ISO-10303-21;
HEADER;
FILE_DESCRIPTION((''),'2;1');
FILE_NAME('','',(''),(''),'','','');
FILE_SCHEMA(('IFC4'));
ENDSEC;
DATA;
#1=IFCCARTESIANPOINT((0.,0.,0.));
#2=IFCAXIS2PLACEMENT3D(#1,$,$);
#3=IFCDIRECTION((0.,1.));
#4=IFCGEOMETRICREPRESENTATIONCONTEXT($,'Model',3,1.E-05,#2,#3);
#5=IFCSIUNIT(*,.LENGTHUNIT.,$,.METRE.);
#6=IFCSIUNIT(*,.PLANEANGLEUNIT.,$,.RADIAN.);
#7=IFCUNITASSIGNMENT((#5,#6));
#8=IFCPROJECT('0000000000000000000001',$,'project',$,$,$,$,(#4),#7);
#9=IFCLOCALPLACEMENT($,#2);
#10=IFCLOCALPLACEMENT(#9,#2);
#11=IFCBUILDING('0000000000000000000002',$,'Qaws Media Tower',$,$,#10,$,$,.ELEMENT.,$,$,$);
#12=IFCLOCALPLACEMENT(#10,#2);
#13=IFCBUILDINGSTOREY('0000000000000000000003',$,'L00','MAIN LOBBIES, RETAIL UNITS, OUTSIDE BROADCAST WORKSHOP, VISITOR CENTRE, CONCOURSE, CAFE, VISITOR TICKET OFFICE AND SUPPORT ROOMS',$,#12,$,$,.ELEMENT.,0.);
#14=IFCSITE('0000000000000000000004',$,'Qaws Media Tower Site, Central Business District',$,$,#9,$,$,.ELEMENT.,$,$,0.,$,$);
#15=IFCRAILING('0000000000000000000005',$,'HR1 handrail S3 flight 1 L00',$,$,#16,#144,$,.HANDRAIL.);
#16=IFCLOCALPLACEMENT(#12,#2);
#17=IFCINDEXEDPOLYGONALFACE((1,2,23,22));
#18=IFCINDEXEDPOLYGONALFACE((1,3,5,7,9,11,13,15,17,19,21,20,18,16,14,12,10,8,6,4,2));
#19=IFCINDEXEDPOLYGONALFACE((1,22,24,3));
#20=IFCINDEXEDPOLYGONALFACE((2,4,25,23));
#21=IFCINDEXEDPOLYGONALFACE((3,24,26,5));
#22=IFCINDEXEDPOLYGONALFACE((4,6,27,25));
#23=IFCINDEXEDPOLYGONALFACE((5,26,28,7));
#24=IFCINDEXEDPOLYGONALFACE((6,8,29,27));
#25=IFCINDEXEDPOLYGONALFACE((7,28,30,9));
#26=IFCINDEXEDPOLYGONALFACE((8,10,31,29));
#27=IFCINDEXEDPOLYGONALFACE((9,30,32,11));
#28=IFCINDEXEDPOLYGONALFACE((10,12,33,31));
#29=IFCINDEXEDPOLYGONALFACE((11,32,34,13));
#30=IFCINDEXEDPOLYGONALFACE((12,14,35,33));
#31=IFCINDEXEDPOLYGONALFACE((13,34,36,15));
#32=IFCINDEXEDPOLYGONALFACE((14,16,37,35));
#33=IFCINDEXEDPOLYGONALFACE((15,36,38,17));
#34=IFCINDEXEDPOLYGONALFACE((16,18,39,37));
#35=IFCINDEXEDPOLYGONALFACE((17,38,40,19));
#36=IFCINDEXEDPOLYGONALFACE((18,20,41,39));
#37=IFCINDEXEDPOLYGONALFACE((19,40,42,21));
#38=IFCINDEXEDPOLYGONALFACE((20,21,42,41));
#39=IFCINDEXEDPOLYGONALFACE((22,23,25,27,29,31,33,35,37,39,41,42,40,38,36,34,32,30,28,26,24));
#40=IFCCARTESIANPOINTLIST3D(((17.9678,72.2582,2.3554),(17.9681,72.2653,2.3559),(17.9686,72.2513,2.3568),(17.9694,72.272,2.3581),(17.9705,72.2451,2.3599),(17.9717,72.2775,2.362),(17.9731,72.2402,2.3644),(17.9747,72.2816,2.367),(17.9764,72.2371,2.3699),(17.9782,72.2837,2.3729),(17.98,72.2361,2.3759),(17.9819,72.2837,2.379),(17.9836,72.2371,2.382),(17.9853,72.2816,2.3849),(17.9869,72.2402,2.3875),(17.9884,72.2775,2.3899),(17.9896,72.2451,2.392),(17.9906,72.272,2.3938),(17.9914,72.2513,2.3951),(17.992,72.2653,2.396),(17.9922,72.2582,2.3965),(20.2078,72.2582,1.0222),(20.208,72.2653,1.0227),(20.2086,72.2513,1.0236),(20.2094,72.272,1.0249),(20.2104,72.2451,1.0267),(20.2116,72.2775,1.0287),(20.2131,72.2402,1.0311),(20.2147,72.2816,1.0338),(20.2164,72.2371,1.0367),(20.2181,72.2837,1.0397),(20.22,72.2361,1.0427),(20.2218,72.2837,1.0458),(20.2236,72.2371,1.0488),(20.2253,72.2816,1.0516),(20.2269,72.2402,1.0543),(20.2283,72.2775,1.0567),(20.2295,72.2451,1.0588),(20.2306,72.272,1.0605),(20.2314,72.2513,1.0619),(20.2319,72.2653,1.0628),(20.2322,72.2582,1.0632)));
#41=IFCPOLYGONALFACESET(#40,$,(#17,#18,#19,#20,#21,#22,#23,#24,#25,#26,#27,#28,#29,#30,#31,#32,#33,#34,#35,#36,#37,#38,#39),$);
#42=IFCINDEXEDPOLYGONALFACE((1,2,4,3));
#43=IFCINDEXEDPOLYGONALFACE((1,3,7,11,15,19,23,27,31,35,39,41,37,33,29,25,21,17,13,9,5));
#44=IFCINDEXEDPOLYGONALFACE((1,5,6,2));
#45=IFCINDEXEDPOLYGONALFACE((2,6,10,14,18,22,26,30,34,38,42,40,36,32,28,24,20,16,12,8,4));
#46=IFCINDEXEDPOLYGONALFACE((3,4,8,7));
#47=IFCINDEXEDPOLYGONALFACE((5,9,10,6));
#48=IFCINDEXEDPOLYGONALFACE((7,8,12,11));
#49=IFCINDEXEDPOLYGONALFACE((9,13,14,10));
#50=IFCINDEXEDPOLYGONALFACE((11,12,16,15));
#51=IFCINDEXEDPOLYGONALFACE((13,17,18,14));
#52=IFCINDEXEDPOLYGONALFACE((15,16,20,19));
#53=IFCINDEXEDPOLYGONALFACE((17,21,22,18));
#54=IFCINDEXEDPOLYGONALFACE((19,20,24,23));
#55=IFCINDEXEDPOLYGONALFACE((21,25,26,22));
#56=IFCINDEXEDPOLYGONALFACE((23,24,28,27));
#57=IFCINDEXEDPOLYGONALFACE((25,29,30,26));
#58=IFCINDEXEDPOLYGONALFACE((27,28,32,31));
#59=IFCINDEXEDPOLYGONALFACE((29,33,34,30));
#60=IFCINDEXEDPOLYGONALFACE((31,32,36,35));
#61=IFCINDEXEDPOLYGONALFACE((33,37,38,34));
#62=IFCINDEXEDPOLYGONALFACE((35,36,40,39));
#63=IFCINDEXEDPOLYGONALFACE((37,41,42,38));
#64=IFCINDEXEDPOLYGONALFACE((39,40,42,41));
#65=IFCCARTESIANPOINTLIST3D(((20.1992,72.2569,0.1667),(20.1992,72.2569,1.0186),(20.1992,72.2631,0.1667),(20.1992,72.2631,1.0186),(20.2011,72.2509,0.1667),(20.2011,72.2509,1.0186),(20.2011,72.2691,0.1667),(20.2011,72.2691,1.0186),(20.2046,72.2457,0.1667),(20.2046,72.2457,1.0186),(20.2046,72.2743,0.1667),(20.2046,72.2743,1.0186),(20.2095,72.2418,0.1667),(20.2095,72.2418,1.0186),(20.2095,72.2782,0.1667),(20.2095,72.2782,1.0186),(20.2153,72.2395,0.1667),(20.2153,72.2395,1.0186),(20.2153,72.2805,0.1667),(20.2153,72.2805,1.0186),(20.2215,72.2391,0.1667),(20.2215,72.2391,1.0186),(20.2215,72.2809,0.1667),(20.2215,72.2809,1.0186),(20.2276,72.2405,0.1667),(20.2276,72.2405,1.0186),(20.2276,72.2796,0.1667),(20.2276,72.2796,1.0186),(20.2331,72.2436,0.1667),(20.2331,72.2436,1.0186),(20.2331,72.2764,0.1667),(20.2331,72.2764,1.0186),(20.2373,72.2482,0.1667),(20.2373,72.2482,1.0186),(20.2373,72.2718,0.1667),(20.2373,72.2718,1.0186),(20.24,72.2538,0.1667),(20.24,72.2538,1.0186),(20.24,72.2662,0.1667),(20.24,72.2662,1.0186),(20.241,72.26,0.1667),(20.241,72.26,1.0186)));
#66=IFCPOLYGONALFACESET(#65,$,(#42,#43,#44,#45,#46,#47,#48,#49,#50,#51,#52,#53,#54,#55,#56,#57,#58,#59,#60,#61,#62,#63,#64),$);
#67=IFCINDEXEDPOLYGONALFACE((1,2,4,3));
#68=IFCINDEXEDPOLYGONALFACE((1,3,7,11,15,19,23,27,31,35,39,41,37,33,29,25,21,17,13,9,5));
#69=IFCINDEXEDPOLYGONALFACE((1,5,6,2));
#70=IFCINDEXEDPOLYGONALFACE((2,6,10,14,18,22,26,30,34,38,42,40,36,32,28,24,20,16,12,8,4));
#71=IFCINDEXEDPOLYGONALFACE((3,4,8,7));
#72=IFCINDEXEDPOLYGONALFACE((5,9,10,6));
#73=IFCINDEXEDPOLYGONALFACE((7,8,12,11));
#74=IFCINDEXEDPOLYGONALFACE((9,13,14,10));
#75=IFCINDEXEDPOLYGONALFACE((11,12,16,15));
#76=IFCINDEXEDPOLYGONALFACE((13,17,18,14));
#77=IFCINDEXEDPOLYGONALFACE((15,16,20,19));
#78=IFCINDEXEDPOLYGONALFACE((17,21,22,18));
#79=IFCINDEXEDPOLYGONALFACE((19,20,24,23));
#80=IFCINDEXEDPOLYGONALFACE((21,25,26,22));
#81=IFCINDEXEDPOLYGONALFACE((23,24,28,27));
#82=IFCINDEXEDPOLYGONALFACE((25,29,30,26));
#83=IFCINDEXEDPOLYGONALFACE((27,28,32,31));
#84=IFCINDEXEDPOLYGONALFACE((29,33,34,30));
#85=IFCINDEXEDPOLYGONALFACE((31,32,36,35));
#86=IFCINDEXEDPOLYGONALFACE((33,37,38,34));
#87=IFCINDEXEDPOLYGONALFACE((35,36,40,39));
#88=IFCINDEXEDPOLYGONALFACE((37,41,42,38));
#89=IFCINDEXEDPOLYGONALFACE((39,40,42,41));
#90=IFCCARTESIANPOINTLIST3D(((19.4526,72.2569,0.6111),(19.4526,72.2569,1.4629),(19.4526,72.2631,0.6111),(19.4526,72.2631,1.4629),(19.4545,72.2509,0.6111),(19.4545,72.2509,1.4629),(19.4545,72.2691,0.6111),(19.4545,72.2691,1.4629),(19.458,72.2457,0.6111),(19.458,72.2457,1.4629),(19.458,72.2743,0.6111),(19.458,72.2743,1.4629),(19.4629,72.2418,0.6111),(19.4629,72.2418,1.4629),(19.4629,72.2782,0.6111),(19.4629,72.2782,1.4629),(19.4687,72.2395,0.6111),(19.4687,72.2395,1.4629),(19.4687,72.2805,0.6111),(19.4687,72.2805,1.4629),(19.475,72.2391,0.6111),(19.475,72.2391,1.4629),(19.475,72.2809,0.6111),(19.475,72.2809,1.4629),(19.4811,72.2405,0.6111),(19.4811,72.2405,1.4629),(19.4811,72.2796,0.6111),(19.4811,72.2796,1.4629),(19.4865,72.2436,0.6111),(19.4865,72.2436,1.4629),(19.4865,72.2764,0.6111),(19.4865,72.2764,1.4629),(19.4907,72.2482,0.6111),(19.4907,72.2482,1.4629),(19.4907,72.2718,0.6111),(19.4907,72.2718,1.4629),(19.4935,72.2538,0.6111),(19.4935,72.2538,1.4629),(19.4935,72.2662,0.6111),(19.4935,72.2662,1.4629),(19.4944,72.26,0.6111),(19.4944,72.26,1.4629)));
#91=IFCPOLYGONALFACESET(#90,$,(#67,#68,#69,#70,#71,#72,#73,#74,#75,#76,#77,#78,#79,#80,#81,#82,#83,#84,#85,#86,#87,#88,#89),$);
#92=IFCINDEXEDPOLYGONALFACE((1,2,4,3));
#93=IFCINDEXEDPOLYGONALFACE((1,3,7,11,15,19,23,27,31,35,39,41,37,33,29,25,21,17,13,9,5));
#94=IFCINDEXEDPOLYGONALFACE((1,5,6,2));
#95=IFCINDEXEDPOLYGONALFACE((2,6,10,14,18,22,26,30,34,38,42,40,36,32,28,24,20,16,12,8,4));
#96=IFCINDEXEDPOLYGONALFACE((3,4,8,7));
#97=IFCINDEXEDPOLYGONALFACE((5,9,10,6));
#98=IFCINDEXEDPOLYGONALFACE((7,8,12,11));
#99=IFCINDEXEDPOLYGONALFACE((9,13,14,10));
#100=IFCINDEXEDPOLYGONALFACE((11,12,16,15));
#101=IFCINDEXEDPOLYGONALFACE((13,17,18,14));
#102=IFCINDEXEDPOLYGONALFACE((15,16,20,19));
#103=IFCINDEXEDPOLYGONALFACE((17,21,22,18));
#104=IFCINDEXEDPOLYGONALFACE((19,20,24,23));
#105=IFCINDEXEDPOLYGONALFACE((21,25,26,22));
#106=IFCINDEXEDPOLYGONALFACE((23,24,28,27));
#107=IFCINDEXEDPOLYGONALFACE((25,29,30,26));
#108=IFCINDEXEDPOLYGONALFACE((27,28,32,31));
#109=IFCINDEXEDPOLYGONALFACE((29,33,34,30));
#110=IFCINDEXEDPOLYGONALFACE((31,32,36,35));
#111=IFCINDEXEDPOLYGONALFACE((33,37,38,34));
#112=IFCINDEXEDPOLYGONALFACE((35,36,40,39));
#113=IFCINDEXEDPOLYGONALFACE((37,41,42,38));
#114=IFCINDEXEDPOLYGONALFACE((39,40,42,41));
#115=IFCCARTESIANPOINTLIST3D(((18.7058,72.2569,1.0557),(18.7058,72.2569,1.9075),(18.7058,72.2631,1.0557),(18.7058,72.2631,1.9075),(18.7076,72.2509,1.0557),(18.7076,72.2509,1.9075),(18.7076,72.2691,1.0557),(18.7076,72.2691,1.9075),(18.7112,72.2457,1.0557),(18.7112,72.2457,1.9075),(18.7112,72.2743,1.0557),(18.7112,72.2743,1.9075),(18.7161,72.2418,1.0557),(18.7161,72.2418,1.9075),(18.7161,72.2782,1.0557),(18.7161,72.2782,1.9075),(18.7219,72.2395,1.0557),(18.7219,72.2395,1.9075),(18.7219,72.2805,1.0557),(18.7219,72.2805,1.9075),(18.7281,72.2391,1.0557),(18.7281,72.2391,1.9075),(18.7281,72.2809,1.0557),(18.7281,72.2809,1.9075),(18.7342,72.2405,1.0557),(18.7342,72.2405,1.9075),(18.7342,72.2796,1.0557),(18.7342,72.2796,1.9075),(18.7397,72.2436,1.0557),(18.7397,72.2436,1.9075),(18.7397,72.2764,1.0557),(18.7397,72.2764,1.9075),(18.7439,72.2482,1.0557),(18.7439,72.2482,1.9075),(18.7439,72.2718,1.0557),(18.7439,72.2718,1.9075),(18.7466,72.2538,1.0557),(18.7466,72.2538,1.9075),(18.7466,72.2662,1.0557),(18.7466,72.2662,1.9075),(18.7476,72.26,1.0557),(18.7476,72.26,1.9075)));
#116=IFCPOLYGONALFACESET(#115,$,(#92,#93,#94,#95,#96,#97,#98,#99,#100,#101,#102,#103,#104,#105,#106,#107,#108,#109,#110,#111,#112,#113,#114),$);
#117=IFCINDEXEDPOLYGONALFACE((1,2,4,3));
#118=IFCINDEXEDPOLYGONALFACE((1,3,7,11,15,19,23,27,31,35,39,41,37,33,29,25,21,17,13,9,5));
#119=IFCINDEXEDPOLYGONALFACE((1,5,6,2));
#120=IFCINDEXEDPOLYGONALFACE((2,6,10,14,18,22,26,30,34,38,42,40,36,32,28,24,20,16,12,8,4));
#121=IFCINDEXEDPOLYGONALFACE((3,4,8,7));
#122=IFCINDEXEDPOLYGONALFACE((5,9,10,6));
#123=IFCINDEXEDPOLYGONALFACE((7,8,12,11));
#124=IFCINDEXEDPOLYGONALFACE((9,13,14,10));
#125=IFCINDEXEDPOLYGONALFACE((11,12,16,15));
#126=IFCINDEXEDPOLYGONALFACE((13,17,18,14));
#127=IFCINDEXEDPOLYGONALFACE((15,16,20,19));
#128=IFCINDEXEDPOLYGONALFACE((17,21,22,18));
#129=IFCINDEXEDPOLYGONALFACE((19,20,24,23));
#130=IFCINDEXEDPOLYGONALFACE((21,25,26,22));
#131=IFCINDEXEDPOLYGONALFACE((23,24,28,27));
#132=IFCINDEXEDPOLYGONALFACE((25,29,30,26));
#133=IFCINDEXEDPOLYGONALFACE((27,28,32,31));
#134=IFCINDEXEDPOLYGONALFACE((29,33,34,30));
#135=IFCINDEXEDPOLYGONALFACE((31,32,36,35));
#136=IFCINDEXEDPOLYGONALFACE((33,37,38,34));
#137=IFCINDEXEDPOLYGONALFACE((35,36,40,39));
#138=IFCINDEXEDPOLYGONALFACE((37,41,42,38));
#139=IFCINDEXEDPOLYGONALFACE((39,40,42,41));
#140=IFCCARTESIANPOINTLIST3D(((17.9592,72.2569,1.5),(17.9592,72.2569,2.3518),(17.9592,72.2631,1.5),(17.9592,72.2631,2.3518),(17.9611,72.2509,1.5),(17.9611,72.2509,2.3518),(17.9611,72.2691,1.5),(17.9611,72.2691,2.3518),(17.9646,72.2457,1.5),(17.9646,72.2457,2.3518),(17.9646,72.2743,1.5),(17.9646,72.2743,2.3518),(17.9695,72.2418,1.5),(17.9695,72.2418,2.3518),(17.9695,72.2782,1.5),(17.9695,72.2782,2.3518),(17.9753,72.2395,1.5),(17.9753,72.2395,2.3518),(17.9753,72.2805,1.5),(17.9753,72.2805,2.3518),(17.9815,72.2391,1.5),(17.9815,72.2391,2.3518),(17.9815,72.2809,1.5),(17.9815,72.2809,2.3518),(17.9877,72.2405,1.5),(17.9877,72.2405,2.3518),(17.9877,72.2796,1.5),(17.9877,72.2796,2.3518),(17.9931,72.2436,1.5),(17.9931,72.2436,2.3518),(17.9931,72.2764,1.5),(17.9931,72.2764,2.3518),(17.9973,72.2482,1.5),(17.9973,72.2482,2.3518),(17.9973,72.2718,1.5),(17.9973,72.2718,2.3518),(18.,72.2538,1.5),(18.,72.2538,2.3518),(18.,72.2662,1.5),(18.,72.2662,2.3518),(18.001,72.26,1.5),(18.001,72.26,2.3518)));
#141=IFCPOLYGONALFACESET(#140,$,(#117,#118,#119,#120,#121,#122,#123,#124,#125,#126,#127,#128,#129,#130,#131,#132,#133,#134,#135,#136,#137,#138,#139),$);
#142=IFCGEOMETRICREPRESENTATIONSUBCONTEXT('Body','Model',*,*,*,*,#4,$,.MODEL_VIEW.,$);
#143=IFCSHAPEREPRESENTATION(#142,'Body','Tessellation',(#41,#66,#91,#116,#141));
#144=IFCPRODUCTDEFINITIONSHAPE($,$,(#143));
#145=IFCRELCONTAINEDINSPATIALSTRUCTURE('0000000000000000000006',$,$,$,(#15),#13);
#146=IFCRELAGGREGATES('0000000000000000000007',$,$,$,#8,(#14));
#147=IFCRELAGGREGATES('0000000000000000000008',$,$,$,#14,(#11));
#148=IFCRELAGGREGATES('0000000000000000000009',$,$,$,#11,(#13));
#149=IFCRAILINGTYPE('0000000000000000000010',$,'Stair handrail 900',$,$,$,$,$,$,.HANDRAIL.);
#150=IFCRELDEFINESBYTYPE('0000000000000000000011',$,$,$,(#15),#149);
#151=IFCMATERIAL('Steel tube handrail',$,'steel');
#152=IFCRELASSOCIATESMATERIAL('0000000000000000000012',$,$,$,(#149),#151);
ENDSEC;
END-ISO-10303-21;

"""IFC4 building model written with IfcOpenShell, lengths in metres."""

from ifc_helpers import new_model, si_unit, direction, frame, origin, origin_2d, place, context, subcontext, project, spatial, circle, extrude, material, type_object, element, save


model = new_model("IFC4")

# Units and contexts
model_context = context("Model", 3, precision=1e-05, world=origin(), true_north=direction((0.0, 1.0)))
body_context = subcontext(model_context, "Body", "Model", "MODEL_VIEW")
ifc_project = project(units=[si_unit("LENGTHUNIT", "METRE"), si_unit("PLANEANGLEUNIT", "RADIAN")], contexts=[model_context])

# Site, building, storey
site_placement = place(None, origin())
site = spatial("IfcSite", under=ifc_project, at=site_placement, Name="Qaws Media Tower Site, Central Business District", CompositionType="ELEMENT", RefElevation=0.0)
building_placement = place(site_placement, origin())
building = spatial("IfcBuilding", under=site, at=building_placement, Name="Qaws Media Tower", CompositionType="ELEMENT")
storey_placement = place(building_placement, origin())
storey = spatial("IfcBuildingStorey", under=building, at=storey_placement, Name="L00", Description="MAIN LOBBIES, RETAIL UNITS, OUTSIDE BROADCAST WORKSHOP, VISITOR CENTRE, CONCOURSE, CAFE, VISITOR TICKET OFFICE AND SUPPORT ROOMS", CompositionType="ELEMENT", Elevation=0.0)

# Railing
ifc_material_1 = material(Name="Steel tube handrail", Category="steel")
railing_type = type_object("IfcRailingType", Name="Stair handrail 900", PredefinedType="HANDRAIL", material=ifc_material_1)
for number, where, name in (
    (1, (20.22, 72.26, 0.1667), "HR1 handrail S3 flight 1 L00"),
):
    element("IfcRailing", number, at=place(storey_placement, frame(where)), inside=storey, type_object=railing_type, Name=name, PredefinedType="HANDRAIL", context=body_context, shape_type="SweptSolid", body=[
        extrude(circle(Radius=0.0239, at=origin_2d()), frame((0.0, 0.0, 0.876), z_axis=(-0.859306, 0.0, 0.511462), x_axis=(0.0, -1.0, 0.0)), (0.0, 0.0, 1.0), 2.6067),
        extrude(circle(Radius=0.021, at=origin_2d()), origin(), (0.0, 0.0, 1.0), 0.8518),
        extrude(circle(Radius=0.021, at=origin_2d()), frame((-0.7466, 0.0, 0.4443)), (0.0, 0.0, 1.0), 0.8518),
        extrude(circle(Radius=0.021, at=origin_2d()), frame((-1.4934, 0.0, 0.8889)), (0.0, 0.0, 1.0), 0.8518),
        extrude(circle(Radius=0.021, at=origin_2d()), frame((-2.24, 0.0, 1.3333)), (0.0, 0.0, 1.0), 0.8518),
    ])

save(model, "model.ifc")
